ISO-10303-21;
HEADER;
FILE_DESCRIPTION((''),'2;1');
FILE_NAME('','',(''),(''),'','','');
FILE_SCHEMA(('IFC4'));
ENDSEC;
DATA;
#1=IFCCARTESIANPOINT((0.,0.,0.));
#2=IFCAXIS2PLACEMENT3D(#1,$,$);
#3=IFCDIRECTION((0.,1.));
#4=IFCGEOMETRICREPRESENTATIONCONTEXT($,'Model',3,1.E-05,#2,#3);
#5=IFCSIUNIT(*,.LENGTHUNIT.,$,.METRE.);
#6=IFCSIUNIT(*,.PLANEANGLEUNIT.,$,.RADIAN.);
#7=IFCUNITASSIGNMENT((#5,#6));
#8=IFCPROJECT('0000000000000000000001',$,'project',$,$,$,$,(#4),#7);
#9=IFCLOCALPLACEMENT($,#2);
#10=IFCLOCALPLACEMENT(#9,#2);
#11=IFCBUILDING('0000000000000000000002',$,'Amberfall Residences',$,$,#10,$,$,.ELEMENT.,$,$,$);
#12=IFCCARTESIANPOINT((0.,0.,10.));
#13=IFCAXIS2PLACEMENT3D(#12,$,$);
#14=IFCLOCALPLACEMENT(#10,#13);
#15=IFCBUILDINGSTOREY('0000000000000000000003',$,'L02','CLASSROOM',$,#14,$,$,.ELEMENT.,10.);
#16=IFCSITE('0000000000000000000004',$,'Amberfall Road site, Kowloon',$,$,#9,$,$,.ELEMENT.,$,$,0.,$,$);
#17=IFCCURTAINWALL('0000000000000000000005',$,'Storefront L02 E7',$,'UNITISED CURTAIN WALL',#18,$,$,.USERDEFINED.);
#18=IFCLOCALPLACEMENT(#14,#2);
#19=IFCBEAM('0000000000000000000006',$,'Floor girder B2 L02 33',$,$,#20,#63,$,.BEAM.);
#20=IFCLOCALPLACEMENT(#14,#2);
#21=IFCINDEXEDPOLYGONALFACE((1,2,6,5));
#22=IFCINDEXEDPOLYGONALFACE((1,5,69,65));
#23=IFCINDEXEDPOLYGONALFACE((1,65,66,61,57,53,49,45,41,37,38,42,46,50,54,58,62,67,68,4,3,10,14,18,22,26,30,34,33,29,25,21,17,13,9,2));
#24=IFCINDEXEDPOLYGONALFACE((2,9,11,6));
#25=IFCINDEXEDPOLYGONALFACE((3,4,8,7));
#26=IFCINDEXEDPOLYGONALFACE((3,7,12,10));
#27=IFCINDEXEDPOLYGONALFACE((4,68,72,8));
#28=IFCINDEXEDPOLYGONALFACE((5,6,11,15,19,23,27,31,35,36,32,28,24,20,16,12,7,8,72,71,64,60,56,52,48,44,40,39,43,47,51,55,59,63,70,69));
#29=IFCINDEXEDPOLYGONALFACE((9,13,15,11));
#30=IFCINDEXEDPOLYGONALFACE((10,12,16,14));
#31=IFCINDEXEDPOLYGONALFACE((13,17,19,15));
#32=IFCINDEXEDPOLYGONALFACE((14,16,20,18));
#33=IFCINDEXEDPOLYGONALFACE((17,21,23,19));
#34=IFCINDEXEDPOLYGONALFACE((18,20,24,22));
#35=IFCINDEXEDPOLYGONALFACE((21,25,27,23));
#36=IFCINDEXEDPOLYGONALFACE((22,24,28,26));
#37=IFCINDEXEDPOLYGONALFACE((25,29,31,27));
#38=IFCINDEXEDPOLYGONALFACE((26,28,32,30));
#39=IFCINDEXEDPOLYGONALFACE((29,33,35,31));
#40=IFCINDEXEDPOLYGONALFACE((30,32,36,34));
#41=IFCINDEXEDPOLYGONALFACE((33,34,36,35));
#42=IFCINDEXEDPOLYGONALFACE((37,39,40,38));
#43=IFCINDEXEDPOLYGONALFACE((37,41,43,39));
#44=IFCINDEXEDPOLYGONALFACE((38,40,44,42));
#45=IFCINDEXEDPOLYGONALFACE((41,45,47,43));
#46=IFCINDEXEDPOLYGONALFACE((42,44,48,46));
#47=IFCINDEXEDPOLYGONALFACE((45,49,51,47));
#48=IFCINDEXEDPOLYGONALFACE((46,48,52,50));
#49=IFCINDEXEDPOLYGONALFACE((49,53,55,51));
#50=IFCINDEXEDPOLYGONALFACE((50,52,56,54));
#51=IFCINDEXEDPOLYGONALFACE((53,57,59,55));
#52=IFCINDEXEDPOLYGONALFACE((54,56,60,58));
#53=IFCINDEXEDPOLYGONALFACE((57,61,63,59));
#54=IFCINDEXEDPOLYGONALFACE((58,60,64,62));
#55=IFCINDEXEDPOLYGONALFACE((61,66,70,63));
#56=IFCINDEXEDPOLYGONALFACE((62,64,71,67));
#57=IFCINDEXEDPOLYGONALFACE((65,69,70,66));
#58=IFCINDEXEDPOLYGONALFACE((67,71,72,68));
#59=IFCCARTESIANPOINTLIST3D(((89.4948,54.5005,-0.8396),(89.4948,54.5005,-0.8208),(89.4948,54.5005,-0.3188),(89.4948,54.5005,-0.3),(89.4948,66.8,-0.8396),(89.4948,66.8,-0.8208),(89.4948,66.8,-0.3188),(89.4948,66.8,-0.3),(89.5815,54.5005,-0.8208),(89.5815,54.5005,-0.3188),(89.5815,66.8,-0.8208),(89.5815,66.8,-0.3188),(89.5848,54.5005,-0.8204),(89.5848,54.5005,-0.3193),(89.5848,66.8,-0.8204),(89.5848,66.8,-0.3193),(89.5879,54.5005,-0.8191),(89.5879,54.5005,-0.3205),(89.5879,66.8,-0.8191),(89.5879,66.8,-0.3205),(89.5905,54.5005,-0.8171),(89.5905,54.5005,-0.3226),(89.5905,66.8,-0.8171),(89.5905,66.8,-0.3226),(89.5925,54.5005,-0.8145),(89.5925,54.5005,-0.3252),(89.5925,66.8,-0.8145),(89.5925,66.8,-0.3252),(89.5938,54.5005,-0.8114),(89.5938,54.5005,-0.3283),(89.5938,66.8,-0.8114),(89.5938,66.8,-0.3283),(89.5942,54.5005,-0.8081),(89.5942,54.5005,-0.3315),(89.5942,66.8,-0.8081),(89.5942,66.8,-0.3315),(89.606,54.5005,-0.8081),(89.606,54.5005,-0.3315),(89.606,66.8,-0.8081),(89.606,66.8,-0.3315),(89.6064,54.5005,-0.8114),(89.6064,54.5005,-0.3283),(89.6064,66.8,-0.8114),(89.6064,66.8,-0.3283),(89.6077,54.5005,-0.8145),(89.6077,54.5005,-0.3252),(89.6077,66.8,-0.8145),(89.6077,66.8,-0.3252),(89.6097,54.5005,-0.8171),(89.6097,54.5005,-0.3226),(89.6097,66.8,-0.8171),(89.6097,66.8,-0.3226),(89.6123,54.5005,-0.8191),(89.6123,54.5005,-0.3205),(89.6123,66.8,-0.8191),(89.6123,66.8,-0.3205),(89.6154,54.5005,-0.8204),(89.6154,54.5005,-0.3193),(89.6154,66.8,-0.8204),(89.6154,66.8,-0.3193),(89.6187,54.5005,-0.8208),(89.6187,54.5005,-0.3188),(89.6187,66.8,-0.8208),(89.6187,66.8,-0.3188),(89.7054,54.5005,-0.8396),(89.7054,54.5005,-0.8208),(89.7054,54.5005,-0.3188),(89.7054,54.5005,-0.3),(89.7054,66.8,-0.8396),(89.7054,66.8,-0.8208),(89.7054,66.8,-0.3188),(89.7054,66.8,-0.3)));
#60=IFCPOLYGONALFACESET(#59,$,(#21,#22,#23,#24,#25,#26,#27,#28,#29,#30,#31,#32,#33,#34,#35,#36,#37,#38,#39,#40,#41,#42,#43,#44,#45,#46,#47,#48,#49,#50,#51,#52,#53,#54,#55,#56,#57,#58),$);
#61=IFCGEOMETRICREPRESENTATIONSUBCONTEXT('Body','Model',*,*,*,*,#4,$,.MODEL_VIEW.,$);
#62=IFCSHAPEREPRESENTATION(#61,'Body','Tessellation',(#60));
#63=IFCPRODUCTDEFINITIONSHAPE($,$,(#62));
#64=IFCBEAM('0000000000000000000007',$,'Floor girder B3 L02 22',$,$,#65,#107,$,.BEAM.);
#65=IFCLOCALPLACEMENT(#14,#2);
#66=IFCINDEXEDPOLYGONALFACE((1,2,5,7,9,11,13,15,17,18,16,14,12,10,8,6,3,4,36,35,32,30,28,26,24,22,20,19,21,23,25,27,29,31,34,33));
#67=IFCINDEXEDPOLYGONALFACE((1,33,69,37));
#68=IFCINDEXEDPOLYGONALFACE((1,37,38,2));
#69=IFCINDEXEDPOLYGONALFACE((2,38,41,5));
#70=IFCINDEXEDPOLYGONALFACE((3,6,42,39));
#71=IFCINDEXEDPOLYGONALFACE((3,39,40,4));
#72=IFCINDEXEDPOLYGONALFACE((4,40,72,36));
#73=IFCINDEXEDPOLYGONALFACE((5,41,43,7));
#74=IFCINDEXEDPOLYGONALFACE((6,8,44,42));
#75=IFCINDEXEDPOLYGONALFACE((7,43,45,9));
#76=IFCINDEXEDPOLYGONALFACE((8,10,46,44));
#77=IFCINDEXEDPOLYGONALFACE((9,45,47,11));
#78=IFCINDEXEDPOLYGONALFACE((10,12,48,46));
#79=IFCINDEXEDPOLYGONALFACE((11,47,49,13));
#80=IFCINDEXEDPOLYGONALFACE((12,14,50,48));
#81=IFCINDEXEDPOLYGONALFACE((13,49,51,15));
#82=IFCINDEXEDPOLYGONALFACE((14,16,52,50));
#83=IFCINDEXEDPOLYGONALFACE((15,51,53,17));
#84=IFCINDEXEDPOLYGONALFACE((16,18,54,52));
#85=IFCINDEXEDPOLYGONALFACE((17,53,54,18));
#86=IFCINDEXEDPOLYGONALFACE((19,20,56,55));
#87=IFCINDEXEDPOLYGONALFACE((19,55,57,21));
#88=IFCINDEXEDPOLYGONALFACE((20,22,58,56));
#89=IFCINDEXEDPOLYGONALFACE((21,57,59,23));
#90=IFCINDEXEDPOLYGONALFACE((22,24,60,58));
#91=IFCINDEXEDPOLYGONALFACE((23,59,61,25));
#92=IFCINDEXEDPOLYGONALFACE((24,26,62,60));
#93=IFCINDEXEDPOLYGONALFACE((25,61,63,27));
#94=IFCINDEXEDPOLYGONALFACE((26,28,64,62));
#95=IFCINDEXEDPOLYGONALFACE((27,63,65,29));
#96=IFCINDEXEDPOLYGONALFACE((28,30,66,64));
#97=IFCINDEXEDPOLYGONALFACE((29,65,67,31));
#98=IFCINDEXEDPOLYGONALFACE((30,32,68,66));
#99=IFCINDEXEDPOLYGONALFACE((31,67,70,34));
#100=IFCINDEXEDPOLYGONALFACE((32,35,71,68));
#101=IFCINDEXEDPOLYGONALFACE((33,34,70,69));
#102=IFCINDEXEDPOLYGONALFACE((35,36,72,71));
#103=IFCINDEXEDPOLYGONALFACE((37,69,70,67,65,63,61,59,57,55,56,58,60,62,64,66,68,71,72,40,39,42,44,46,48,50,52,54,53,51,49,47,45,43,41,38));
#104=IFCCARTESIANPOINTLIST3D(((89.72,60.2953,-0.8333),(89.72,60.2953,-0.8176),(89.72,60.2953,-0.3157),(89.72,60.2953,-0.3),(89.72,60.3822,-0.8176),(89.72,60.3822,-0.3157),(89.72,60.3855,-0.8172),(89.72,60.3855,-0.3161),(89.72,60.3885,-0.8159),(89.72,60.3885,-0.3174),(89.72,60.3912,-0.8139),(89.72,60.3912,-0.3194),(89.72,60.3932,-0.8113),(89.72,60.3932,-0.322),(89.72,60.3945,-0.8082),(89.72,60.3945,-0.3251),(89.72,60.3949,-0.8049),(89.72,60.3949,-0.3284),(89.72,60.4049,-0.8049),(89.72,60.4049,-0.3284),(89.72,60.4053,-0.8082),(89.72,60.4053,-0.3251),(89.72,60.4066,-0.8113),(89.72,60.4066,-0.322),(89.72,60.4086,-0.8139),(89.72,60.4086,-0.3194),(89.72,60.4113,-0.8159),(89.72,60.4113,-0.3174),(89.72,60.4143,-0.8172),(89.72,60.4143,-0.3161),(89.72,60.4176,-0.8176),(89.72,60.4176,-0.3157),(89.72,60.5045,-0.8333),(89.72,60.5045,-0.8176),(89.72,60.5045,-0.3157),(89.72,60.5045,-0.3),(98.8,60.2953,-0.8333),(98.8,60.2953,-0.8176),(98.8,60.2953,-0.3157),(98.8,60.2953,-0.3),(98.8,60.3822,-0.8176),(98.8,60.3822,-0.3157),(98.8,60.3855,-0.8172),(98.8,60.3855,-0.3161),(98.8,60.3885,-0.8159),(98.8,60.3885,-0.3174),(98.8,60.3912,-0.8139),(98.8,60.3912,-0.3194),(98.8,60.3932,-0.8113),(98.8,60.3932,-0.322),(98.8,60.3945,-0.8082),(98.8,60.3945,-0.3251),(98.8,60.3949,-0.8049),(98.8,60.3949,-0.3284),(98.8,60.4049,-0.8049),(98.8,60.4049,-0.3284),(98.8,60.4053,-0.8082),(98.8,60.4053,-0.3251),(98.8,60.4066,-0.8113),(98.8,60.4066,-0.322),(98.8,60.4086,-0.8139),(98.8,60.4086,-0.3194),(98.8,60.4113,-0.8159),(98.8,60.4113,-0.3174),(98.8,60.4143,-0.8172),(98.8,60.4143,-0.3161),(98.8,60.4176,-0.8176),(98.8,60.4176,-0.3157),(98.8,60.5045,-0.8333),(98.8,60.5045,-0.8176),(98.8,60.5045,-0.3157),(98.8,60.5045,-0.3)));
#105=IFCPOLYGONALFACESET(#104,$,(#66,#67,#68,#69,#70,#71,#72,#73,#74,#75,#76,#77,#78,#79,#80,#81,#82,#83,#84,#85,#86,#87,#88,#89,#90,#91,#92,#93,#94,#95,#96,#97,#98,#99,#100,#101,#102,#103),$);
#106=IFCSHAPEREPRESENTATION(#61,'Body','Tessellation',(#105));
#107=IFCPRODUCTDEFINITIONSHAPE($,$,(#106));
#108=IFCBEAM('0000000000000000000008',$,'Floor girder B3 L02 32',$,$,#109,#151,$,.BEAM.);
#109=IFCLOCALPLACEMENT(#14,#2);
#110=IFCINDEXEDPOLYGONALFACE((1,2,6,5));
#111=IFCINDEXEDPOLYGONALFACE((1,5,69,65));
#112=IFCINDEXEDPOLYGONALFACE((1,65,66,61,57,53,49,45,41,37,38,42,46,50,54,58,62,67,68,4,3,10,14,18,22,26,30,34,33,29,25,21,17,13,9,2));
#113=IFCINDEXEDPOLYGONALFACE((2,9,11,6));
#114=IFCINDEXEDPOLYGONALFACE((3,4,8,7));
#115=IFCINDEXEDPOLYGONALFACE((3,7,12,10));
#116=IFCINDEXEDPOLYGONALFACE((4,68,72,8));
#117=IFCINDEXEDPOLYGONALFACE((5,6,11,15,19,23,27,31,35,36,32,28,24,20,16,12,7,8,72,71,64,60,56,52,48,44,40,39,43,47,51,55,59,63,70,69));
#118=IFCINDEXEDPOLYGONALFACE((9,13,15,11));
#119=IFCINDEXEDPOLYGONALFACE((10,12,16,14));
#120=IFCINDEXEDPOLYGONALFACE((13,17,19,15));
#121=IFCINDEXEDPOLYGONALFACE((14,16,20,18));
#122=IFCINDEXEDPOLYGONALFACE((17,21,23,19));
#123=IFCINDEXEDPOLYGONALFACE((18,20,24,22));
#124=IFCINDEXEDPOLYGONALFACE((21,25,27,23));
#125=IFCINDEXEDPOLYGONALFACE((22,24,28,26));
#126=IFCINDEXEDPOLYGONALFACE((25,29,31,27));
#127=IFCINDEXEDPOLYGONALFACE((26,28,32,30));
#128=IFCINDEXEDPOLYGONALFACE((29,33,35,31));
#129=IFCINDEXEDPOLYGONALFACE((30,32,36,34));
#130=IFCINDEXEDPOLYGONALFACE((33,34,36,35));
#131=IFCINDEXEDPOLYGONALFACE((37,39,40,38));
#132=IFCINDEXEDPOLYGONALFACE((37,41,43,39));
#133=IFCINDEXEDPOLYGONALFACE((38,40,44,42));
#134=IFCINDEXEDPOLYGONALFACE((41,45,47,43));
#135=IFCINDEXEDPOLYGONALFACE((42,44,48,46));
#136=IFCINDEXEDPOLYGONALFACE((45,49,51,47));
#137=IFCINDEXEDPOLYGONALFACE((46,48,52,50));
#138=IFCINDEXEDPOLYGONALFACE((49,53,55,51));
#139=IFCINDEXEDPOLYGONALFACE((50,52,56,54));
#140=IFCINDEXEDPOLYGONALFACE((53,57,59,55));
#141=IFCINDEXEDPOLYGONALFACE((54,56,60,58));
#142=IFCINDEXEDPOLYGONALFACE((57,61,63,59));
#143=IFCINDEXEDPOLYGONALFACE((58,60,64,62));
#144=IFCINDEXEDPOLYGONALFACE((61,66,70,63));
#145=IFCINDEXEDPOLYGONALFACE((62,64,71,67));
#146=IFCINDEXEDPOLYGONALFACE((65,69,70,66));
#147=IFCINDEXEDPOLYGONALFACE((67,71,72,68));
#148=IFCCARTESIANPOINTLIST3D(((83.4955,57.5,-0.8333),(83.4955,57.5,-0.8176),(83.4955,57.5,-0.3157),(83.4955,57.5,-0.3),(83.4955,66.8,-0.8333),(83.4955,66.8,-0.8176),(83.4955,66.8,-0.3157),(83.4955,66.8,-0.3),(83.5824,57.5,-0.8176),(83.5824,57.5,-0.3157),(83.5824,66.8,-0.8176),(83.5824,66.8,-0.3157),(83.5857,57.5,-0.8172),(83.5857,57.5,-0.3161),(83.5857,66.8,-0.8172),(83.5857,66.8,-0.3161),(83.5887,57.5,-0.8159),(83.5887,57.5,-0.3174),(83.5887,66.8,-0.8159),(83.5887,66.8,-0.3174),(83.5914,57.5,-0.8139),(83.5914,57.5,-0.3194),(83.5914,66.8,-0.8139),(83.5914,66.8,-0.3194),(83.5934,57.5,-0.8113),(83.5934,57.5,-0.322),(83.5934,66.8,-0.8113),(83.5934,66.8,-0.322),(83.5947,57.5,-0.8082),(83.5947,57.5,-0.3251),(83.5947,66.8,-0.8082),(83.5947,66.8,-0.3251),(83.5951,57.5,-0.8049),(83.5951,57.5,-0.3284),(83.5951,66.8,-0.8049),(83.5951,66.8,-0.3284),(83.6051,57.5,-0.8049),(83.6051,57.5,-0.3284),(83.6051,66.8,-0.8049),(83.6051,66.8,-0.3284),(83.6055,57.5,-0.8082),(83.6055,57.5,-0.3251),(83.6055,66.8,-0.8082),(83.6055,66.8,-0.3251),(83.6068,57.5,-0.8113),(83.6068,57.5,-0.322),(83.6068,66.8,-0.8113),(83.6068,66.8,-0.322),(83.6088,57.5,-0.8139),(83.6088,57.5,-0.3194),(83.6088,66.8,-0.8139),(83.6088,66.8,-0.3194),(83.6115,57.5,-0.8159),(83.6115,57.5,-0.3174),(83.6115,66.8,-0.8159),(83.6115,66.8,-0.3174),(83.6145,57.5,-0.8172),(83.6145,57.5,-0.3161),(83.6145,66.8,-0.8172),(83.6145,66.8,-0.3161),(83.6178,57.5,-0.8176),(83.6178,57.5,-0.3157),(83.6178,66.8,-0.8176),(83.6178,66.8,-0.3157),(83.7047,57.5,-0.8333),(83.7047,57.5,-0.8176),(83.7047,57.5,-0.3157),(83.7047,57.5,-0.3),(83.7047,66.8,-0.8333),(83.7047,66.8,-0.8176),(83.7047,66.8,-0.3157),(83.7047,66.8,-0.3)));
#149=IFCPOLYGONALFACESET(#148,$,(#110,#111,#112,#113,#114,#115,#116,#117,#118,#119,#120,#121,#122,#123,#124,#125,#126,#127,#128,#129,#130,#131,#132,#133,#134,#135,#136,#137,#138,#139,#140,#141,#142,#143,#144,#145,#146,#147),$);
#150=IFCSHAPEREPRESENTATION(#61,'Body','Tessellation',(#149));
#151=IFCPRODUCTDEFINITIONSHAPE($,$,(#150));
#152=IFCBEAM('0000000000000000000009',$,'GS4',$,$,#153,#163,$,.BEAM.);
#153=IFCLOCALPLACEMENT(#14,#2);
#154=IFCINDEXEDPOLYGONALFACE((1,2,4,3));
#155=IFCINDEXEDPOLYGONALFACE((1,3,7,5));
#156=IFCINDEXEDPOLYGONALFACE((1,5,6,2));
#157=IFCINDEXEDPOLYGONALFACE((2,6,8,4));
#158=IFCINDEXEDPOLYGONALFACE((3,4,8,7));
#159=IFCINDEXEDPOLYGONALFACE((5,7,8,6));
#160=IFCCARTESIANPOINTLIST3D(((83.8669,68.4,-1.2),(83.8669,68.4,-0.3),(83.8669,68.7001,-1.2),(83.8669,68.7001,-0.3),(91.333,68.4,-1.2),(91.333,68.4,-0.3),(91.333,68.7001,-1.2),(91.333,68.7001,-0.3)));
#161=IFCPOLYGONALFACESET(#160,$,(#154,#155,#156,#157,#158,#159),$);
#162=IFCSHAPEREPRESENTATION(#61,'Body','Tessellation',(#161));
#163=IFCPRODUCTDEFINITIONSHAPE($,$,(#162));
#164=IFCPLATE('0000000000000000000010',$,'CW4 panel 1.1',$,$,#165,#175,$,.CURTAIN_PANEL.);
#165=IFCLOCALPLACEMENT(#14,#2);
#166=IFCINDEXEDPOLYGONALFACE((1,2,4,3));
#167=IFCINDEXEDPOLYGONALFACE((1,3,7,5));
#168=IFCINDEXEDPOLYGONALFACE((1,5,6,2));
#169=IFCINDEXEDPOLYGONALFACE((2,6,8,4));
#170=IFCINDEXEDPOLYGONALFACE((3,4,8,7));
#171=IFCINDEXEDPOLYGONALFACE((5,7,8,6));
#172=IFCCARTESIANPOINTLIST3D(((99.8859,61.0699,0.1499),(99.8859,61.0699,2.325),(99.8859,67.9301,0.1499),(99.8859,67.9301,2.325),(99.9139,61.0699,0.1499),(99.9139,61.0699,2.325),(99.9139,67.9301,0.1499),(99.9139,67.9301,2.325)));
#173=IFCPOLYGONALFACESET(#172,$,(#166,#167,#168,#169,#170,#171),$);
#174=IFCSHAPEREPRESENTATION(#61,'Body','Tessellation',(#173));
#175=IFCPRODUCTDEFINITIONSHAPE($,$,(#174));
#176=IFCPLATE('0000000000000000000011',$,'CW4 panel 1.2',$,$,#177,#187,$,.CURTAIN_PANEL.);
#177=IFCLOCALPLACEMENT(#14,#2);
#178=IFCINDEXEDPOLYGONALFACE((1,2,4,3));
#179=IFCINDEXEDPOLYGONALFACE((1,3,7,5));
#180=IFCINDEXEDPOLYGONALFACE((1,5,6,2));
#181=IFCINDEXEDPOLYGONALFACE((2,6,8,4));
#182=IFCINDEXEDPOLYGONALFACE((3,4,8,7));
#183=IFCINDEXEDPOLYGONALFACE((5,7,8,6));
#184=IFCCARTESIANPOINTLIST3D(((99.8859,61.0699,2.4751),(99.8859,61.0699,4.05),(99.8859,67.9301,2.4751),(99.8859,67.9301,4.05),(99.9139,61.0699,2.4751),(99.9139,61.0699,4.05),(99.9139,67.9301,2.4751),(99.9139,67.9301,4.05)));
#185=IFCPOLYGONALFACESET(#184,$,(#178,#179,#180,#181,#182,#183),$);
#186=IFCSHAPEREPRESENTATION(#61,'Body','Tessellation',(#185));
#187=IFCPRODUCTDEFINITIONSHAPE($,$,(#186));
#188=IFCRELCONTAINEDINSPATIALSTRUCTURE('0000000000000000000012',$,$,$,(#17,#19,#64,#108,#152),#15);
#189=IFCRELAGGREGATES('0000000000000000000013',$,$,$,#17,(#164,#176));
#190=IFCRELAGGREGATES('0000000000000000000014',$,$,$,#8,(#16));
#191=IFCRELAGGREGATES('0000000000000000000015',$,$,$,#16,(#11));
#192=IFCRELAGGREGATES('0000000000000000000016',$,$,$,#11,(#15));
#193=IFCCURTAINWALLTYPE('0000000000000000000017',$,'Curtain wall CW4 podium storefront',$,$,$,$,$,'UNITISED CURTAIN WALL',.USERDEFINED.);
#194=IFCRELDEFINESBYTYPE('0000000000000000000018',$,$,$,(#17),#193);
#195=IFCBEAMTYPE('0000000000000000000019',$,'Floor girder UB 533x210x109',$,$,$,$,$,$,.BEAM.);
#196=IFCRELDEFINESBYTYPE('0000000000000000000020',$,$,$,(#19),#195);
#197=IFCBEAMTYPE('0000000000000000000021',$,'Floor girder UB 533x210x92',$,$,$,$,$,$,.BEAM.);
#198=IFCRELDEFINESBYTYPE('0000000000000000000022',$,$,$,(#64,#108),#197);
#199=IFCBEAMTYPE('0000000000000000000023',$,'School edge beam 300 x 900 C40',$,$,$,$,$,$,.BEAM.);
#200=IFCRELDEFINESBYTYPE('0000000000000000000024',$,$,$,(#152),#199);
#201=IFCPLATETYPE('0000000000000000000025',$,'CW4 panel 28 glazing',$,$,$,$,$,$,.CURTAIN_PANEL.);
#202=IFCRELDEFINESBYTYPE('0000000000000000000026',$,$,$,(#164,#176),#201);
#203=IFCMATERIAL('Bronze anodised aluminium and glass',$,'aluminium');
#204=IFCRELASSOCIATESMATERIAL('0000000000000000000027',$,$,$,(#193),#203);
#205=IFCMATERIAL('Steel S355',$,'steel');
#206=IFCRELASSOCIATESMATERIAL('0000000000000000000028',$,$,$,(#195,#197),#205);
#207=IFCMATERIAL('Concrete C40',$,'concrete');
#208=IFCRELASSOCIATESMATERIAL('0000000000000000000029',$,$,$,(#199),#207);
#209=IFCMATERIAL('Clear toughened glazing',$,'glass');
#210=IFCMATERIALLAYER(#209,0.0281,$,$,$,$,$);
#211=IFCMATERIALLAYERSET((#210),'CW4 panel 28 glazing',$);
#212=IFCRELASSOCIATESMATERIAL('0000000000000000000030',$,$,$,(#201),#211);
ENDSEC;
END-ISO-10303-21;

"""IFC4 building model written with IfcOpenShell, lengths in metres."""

from ifc_helpers import new_model, si_unit, direction, frame, origin, origin_2d, place, context, subcontext, project, spatial, rectangle, i_section, extrude, material, layer, layer_set, material_profile, profile_set, type_object, element, aggregate, save


model = new_model("IFC4")

# Units and contexts
model_context = context("Model", 3, precision=1e-05, world=origin(), true_north=direction((0.0, 1.0)))
body_context = subcontext(model_context, "Body", "Model", "MODEL_VIEW")
ifc_project = project(units=[si_unit("LENGTHUNIT", "METRE"), si_unit("PLANEANGLEUNIT", "RADIAN")], contexts=[model_context])

# Site, building, storey
site_placement = place(None, origin())
site = spatial("IfcSite", under=ifc_project, at=site_placement, Name="Amberfall Road site, Kowloon", CompositionType="ELEMENT", RefElevation=0.0)
building_placement = place(site_placement, origin())
building = spatial("IfcBuilding", under=site, at=building_placement, Name="Amberfall Residences", CompositionType="ELEMENT")
storey_placement = place(building_placement, frame((0.0, 0.0, 10.0)))
storey = spatial("IfcBuildingStorey", under=building, at=storey_placement, Name="L02", Description="CLASSROOM", CompositionType="ELEMENT", Elevation=10.0)

# Curtain wall
ifc_material_1 = material(Name="Bronze anodised aluminium and glass", Category="aluminium")
curtain_wall_type = type_object("IfcCurtainWallType", Name="Curtain wall CW4 podium storefront", ElementType="UNITISED CURTAIN WALL", PredefinedType="USERDEFINED", material=ifc_material_1)
curtain_wall_placement = place(storey_placement, origin())
curtain_wall = element("IfcCurtainWall", 1, at=curtain_wall_placement, inside=storey, type_object=curtain_wall_type, Name="Storefront L02 E7", ObjectType="UNITISED CURTAIN WALL", PredefinedType="USERDEFINED")

# Beams
ifc_material_2 = material(Name="Steel S355", Category="steel")
ifc_material_profile_1 = material_profile(ifc_material_2, i_section(OverallWidth=0.2107, OverallDepth=0.5396, WebThickness=0.0117, FlangeThickness=0.0188, FilletRadius=0.0127, at=origin_2d()), Name="UB 533x210x109")
ifc_profile_set_1 = profile_set([ifc_material_profile_1], Name="Steel S355")
beam_type_1 = type_object("IfcBeamType", Name="Floor girder UB 533x210x109", PredefinedType="BEAM", material=ifc_profile_set_1)
beam_1_placement = place(storey_placement, frame((89.6001, 66.8, -0.5698), z_axis=(0.0, -1.0, 0.0), x_axis=(1.0, 0.0, 0.0)))
element("IfcBeam", 2, at=beam_1_placement, inside=storey, type_object=beam_type_1, Name="Floor girder B2 L02 33", PredefinedType="BEAM", context=body_context, shape_type="SweptSolid", body=[
    extrude(i_section(OverallWidth=0.2107, OverallDepth=0.5396, WebThickness=0.0117, FlangeThickness=0.0188, FilletRadius=0.0127, at=origin_2d()), origin(), (0.0, 0.0, 1.0), 12.2996),
])
ifc_material_profile_2 = material_profile(ifc_material_2, i_section(OverallWidth=0.2092, OverallDepth=0.5332, WebThickness=0.01, FlangeThickness=0.0156, FilletRadius=0.0127, at=origin_2d()), Name="UB 533x210x92")
ifc_profile_set_2 = profile_set([ifc_material_profile_2], Name="Steel S355")
beam_type_2 = type_object("IfcBeamType", Name="Floor girder UB 533x210x92", PredefinedType="BEAM", material=ifc_profile_set_2)
beam_2_placement = place(storey_placement, frame((98.8, 60.3999, -0.5667), z_axis=(-1.0, 0.0, 0.0), x_axis=(0.0, -1.0, 0.0)))
element("IfcBeam", 3, at=beam_2_placement, inside=storey, type_object=beam_type_2, Name="Floor girder B3 L02 22", PredefinedType="BEAM", context=body_context, shape_type="SweptSolid", body=[
    extrude(i_section(OverallWidth=0.2092, OverallDepth=0.5332, WebThickness=0.01, FlangeThickness=0.0156, FilletRadius=0.0127, at=origin_2d()), origin(), (0.0, 0.0, 1.0), 9.0801),
])
beam_3_placement = place(storey_placement, frame((83.6001, 66.8, -0.5667), z_axis=(0.0, -1.0, 0.0), x_axis=(1.0, 0.0, 0.0)))
element("IfcBeam", 4, at=beam_3_placement, inside=storey, type_object=beam_type_2, Name="Floor girder B3 L02 32", PredefinedType="BEAM", context=body_context, shape_type="SweptSolid", body=[
    extrude(i_section(OverallWidth=0.2092, OverallDepth=0.5332, WebThickness=0.01, FlangeThickness=0.0156, FilletRadius=0.0127, at=origin_2d()), origin(), (0.0, 0.0, 1.0), 9.3),
])
ifc_material_3 = material(Name="Concrete C40", Category="concrete")
ifc_material_profile_3 = material_profile(ifc_material_3, rectangle(XDim=0.3, YDim=0.8999, at=origin_2d()), Name="School edge beam 300 x 900 C40")
ifc_profile_set_3 = profile_set([ifc_material_profile_3], Name="Concrete C40")
beam_type_3 = type_object("IfcBeamType", Name="School edge beam 300 x 900 C40", PredefinedType="BEAM", material=ifc_profile_set_3)
beam_4_placement = place(storey_placement, frame((83.8669, 68.55, -0.75), z_axis=(1.0, 0.0, 0.0), x_axis=(0.0, 1.0, 0.0)))
element("IfcBeam", 5, at=beam_4_placement, inside=storey, type_object=beam_type_3, Name="GS4", PredefinedType="BEAM", context=body_context, shape_type="SweptSolid", body=[
    extrude(rectangle(XDim=0.3, YDim=0.8999, at=origin_2d()), origin(), (0.0, 0.0, 1.0), 7.4661),
])

# Plates
ifc_material_4 = material(Name="Clear toughened glazing", Category="glass")
ifc_layer_1 = layer(ifc_material_4, 0.0281)
ifc_layer_set_1 = layer_set([ifc_layer_1], Name="CW4 panel 28 glazing")
plate_type = type_object("IfcPlateType", Name="CW4 panel 28 glazing", PredefinedType="CURTAIN_PANEL", material=ifc_layer_set_1)
plate_1_placement = place(storey_placement, frame((99.8999, 64.5, 0.1499), z_axis=(0.0, 0.0, 1.0), x_axis=(0.0, 1.0, 0.0)))
plate_1 = element("IfcPlate", 6, at=plate_1_placement, type_object=plate_type, Name="CW4 panel 1.1", PredefinedType="CURTAIN_PANEL", context=body_context, shape_type="SweptSolid", body=[
    extrude(rectangle(XDim=6.8601, YDim=0.0281, at=origin_2d()), origin(), (0.0, 0.0, 1.0), 2.175),
])
plate_2_placement = place(storey_placement, frame((99.8999, 64.5, 2.4751), z_axis=(0.0, 0.0, 1.0), x_axis=(0.0, 1.0, 0.0)))
plate_2 = element("IfcPlate", 7, at=plate_2_placement, type_object=plate_type, Name="CW4 panel 1.2", PredefinedType="CURTAIN_PANEL", context=body_context, shape_type="SweptSolid", body=[
    extrude(rectangle(XDim=6.8601, YDim=0.0281, at=origin_2d()), origin(), (0.0, 0.0, 1.0), 1.575),
])
aggregate(curtain_wall, [plate_1, plate_2])

save(model, "model.ifc")
